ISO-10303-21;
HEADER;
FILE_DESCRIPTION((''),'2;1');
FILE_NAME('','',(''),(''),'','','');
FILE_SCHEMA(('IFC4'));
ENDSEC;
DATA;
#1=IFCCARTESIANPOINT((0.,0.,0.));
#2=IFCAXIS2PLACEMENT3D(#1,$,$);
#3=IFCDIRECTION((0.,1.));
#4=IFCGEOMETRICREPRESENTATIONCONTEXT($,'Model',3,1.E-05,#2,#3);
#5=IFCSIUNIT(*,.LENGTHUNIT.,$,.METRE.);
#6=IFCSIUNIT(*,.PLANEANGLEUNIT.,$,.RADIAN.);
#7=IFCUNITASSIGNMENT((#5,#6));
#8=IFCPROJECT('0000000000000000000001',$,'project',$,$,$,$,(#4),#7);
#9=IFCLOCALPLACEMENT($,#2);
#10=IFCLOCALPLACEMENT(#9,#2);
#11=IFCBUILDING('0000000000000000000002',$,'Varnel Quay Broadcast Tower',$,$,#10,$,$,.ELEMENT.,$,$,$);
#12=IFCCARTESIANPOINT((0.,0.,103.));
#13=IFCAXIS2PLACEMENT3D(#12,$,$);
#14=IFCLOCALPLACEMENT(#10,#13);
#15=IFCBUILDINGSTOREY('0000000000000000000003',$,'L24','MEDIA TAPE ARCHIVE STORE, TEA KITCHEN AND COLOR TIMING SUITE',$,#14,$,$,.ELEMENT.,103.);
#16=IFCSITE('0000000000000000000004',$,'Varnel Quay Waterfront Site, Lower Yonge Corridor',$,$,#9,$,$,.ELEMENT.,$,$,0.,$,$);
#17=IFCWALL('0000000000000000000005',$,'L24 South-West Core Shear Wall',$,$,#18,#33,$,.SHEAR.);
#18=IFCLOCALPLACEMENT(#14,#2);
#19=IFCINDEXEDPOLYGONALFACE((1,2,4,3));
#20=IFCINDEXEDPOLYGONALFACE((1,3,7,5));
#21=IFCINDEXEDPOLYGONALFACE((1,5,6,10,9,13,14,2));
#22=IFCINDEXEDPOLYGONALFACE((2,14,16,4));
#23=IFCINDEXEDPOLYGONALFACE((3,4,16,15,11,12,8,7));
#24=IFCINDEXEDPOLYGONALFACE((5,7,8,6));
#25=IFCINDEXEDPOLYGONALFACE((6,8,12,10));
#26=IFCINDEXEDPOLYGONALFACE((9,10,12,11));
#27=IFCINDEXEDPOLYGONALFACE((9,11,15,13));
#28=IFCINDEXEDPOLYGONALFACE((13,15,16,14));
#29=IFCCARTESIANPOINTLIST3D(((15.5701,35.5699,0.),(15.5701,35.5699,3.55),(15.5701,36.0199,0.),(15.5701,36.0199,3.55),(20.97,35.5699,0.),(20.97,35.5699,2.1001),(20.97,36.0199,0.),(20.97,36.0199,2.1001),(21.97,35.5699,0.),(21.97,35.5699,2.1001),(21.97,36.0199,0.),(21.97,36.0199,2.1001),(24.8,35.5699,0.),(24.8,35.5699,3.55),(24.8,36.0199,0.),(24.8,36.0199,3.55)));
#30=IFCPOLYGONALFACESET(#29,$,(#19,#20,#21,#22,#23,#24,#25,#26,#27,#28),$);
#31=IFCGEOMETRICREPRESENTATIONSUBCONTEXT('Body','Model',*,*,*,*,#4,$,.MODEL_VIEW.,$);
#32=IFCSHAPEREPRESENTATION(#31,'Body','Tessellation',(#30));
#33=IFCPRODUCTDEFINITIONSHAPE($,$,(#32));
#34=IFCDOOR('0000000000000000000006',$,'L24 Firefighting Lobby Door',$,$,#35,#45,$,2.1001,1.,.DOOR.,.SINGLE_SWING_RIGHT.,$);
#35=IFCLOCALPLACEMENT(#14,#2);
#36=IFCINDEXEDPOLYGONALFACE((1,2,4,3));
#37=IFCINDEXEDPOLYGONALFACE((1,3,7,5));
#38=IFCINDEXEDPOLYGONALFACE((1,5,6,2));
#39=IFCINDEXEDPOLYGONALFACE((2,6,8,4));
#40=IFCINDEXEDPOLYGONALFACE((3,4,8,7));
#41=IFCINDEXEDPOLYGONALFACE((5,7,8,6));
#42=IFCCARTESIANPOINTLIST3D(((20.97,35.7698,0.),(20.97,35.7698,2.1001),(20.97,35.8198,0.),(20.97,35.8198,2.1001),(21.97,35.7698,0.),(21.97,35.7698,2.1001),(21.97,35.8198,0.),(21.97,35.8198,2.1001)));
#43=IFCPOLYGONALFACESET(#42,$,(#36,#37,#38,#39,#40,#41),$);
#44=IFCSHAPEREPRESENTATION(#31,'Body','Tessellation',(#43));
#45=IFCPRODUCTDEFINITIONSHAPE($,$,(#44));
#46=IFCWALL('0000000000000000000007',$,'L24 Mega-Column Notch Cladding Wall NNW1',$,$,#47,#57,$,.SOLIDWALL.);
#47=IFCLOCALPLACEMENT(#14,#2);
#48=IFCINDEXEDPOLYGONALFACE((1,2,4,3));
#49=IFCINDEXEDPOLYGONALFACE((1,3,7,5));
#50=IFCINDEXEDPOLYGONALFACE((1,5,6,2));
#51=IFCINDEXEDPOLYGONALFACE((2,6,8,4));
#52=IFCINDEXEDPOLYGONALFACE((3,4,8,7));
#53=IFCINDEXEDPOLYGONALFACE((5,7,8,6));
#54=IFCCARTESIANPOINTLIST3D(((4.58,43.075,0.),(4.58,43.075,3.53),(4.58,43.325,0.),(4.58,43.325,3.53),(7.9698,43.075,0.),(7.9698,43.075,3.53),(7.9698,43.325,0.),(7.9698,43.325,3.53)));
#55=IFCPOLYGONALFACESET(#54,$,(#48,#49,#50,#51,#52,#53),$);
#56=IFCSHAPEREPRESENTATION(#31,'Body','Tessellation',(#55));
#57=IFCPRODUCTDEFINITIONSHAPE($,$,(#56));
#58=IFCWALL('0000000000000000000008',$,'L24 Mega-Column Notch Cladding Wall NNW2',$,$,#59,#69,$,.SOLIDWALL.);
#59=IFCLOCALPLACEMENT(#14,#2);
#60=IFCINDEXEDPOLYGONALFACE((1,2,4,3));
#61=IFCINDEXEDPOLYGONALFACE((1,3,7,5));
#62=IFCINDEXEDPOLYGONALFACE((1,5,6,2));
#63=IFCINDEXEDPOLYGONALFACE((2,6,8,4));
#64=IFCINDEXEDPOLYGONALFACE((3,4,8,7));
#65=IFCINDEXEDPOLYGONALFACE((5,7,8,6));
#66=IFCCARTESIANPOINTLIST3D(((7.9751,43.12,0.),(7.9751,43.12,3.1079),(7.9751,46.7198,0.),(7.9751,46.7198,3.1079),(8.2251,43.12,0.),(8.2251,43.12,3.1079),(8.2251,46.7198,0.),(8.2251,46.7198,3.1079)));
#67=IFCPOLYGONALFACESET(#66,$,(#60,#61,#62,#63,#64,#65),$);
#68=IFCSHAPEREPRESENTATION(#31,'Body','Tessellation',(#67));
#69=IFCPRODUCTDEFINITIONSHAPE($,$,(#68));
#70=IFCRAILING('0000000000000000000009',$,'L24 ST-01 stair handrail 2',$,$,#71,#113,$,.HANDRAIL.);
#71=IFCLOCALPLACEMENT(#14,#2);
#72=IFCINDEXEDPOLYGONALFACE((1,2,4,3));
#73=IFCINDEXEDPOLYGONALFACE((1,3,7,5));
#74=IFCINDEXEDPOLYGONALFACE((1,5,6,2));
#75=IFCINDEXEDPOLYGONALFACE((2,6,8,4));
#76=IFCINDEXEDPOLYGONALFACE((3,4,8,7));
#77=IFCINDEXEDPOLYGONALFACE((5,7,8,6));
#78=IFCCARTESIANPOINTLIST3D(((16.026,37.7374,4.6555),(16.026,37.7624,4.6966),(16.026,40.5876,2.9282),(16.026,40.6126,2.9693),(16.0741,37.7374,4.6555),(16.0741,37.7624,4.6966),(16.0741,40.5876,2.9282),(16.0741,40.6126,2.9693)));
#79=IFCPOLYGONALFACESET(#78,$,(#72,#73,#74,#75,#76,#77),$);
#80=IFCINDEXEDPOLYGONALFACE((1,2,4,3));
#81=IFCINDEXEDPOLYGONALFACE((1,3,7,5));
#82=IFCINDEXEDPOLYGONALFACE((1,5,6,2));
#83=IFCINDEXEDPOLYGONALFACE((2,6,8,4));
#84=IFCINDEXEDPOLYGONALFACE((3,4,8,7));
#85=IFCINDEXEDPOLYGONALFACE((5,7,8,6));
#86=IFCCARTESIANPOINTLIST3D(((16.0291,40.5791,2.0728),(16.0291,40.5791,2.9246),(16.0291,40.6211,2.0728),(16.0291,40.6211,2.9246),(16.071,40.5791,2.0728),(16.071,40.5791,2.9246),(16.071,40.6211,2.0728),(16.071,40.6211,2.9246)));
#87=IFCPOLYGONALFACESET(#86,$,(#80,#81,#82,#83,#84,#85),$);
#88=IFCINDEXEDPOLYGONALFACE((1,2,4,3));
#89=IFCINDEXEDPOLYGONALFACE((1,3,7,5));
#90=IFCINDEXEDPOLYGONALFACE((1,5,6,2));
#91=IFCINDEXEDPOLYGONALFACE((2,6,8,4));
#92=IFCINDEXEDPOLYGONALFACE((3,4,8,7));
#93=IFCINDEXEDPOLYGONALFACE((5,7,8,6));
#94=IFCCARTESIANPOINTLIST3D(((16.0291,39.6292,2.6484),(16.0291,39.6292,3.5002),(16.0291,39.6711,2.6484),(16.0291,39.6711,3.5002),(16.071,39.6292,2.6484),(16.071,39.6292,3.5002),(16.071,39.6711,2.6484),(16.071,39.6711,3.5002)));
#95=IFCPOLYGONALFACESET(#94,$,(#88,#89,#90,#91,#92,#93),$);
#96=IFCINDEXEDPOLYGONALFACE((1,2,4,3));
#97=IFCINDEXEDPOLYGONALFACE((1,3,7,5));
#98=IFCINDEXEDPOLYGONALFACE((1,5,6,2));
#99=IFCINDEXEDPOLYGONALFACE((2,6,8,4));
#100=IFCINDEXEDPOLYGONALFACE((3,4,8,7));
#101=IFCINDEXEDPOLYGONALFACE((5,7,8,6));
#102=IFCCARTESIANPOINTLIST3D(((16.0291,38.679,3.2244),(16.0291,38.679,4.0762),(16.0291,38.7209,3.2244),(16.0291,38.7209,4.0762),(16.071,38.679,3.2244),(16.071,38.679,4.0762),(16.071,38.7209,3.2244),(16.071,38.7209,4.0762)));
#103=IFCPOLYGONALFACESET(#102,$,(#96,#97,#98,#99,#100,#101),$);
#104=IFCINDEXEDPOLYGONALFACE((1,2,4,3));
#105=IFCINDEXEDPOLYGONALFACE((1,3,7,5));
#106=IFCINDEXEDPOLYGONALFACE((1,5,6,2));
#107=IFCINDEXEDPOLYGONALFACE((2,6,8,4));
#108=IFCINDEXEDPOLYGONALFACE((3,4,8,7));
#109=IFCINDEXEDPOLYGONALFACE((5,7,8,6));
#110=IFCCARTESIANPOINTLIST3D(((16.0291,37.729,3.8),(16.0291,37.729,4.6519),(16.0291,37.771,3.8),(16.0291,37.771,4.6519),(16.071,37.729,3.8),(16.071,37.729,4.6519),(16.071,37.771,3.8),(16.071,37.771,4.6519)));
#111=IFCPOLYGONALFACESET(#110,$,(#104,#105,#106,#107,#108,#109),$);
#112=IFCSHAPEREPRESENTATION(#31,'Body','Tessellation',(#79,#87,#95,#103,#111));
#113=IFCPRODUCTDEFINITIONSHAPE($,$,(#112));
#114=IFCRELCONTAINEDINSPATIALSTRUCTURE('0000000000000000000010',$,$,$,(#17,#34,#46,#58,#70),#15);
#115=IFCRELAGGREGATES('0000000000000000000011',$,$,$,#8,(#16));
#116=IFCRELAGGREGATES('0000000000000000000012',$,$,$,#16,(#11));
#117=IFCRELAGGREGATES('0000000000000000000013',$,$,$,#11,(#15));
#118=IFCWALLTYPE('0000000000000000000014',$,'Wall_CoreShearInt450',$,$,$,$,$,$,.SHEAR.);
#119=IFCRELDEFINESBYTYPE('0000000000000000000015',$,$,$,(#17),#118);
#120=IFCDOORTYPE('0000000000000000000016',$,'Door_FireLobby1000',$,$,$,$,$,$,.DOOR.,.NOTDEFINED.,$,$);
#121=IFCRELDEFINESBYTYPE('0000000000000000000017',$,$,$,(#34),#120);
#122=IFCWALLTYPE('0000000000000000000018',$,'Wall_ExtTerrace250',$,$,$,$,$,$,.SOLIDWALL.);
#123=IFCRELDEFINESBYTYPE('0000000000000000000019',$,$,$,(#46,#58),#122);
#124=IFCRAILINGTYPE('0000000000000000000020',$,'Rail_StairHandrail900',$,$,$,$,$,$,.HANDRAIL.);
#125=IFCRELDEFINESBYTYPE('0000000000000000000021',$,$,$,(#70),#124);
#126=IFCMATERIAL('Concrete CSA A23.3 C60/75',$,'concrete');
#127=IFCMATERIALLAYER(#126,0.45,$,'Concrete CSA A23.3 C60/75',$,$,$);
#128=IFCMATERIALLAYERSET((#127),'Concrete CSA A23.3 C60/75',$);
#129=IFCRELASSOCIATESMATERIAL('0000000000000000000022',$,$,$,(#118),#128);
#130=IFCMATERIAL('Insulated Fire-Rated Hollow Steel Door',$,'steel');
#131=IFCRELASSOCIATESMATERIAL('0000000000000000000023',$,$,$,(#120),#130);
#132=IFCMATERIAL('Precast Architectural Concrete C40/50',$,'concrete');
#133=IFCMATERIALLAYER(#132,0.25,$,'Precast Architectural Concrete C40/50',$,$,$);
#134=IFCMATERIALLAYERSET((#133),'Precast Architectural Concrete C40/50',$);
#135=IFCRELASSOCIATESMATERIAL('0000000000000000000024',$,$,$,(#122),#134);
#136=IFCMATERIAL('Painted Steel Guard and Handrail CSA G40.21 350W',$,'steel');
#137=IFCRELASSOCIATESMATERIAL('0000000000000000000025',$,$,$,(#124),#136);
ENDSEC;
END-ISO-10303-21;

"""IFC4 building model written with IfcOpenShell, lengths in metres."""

from ifc_helpers import new_model, si_unit, direction, frame, frame_2d, origin, origin_2d, place, context, subcontext, project, spatial, rectangle, extrude, source, transform, mapped, material, layer, layer_set, type_object, type_shapes, element, fill, save


model = new_model("IFC4")

# Units and contexts
model_context = context("Model", 3, precision=1e-05, world=origin(), true_north=direction((0.0, 1.0)))
body_context = subcontext(model_context, "Body", "Model", "MODEL_VIEW")
ifc_project = project(units=[si_unit("LENGTHUNIT", "METRE"), si_unit("PLANEANGLEUNIT", "RADIAN")], contexts=[model_context])

# Site, building, storey
site_placement = place(None, origin())
site = spatial("IfcSite", under=ifc_project, at=site_placement, Name="Varnel Quay Waterfront Site, Lower Yonge Corridor", CompositionType="ELEMENT", RefElevation=0.0)
building_placement = place(site_placement, origin())
building = spatial("IfcBuilding", under=site, at=building_placement, Name="Varnel Quay Broadcast Tower", CompositionType="ELEMENT")
storey_placement = place(building_placement, frame((0.0, 0.0, 103.0)))
storey = spatial("IfcBuildingStorey", under=building, at=storey_placement, Name="L24", Description="MEDIA TAPE ARCHIVE STORE, TEA KITCHEN AND COLOR TIMING SUITE", CompositionType="ELEMENT", Elevation=103.0)

# Shared definitions
ifc_material_1 = material(Name="Concrete CSA A23.3 C60/75", Category="concrete")

# Wall, opening, door
ifc_layer_1 = layer(ifc_material_1, 0.45, Name="Concrete CSA A23.3 C60/75")
ifc_layer_set_1 = layer_set([ifc_layer_1], Name="Concrete CSA A23.3 C60/75")
wall_type_1 = type_object("IfcWallType", Name="Wall_CoreShearInt450", PredefinedType="SHEAR", material=ifc_layer_set_1)
wall_1_placement = place(storey_placement, frame((15.5701, 35.7949, 0.0), z_axis=(0.0, 0.0, 1.0), x_axis=(1.0, 0.0, 0.0)))
wall_1 = element("IfcWall", 1, at=wall_1_placement, inside=storey, type_object=wall_type_1, Name="L24 South-West Core Shear Wall", PredefinedType="SHEAR", context=body_context, shape_type="SweptSolid", body=[
    extrude(rectangle(XDim=9.23, YDim=0.45, at=frame_2d((4.615, 0.0))), origin(), (0.0, 0.0, 1.0), 3.55),
])
opening_placement = place(wall_1_placement, frame((5.3999, 0.0, 0.0)))
opening = element("IfcOpeningElement", 2, at=opening_placement, cuts=wall_1, PredefinedType="OPENING", context=body_context, shape_type="SweptSolid", body=[
    extrude(rectangle(XDim=1.0, YDim=2.1001, at=frame_2d((0.5, 1.05))), frame((0.0, 0.2349, 0.0), z_axis=(0.0, -1.0, 0.0), x_axis=(1.0, 0.0, 0.0)), (0.0, 0.0, 1.0), 0.47),
])
ifc_material_2 = material(Name="Insulated Fire-Rated Hollow Steel Door", Category="steel")
door_type = type_object("IfcDoorType", Name="Door_FireLobby1000", OperationType="NOTDEFINED", PredefinedType="DOOR", material=ifc_material_2)
shared_shape_1 = source(origin(), body_context, "Body", "SweptSolid", [
    extrude(rectangle(XDim=1.0, YDim=2.1001, at=frame_2d((0.5, 1.05))), frame((0.0, 0.0249, 0.0), z_axis=(0.0, -1.0, 0.0), x_axis=(1.0, 0.0, 0.0)), (0.0, 0.0, 1.0), 0.05),
])
type_shapes(door_type, [shared_shape_1])
door_placement = place(opening_placement, origin())
door = element("IfcDoor", 3, at=door_placement, inside=storey, type_object=door_type, Name="L24 Firefighting Lobby Door", OperationType="SINGLE_SWING_RIGHT", OverallHeight=2.1001, OverallWidth=1.0, PredefinedType="DOOR", context=body_context, shape_type="MappedRepresentation", body=[
    mapped(shared_shape_1, transform((0.0, 0.0, 0.0), x_axis=(1.0, 0.0, 0.0), y_axis=(0.0, 1.0, 0.0), z_axis=(0.0, 0.0, 1.0), scale=1.0)),
])
fill(opening, door)

# Walls
ifc_material_3 = material(Name="Precast Architectural Concrete C40/50", Category="concrete")
ifc_layer_2 = layer(ifc_material_3, 0.25, Name="Precast Architectural Concrete C40/50")
ifc_layer_set_2 = layer_set([ifc_layer_2], Name="Precast Architectural Concrete C40/50")
wall_type_2 = type_object("IfcWallType", Name="Wall_ExtTerrace250", PredefinedType="SOLIDWALL", material=ifc_layer_set_2)
wall_2_placement = place(storey_placement, frame((4.5801, 43.2, 0.0), z_axis=(0.0, 0.0, 1.0), x_axis=(1.0, 0.0, 0.0)))
element("IfcWall", 4, at=wall_2_placement, inside=storey, type_object=wall_type_2, Name="L24 Mega-Column Notch Cladding Wall NNW1", PredefinedType="SOLIDWALL", context=body_context, shape_type="SweptSolid", body=[
    extrude(rectangle(XDim=3.3899, YDim=0.25, at=frame_2d((1.6948, 0.0))), origin(), (0.0, 0.0, 1.0), 3.53),
])
wall_3_placement = place(storey_placement, frame((8.1001, 43.1201, 0.0), z_axis=(0.0, 0.0, 1.0), x_axis=(0.0, 1.0, 0.0)))
element("IfcWall", 5, at=wall_3_placement, inside=storey, type_object=wall_type_2, Name="L24 Mega-Column Notch Cladding Wall NNW2", PredefinedType="SOLIDWALL", context=body_context, shape_type="SweptSolid", body=[
    extrude(rectangle(XDim=3.5999, YDim=0.25, at=frame_2d((1.7998, 0.0))), origin(), (0.0, 0.0, 1.0), 3.1079),
])

# Railing
ifc_material_4 = material(Name="Painted Steel Guard and Handrail CSA G40.21 350W", Category="steel")
railing_type = type_object("IfcRailingType", Name="Rail_StairHandrail900", PredefinedType="HANDRAIL", material=ifc_material_4)
railing_placement = place(storey_placement, frame((16.05, 40.6001, 2.0728)))
element("IfcRailing", 6, at=railing_placement, inside=storey, type_object=railing_type, Name="L24 ST-01 stair handrail 2", PredefinedType="HANDRAIL", context=body_context, shape_type="SweptSolid", body=[
    extrude(rectangle(XDim=0.0481, YDim=0.0481, at=origin_2d()), frame((0.0, 0.0, 0.876), z_axis=(0.0, -0.855203, 0.518294), x_axis=(1.0, 0.0, 0.0)), (0.0, 0.0, 1.0), 3.3328),
    extrude(rectangle(XDim=0.042, YDim=0.042, at=origin_2d()), origin(), (0.0, 0.0, 1.0), 0.8518),
    extrude(rectangle(XDim=0.042, YDim=0.042, at=origin_2d()), frame((0.0, -0.95, 0.5757)), (0.0, 0.0, 1.0), 0.8518),
    extrude(rectangle(XDim=0.042, YDim=0.042, at=origin_2d()), frame((0.0, -1.9001, 1.1516)), (0.0, 0.0, 1.0), 0.8518),
    extrude(rectangle(XDim=0.042, YDim=0.042, at=origin_2d()), frame((0.0, -2.8501, 1.7273)), (0.0, 0.0, 1.0), 0.8518),
])

save(model, "model.ifc")
